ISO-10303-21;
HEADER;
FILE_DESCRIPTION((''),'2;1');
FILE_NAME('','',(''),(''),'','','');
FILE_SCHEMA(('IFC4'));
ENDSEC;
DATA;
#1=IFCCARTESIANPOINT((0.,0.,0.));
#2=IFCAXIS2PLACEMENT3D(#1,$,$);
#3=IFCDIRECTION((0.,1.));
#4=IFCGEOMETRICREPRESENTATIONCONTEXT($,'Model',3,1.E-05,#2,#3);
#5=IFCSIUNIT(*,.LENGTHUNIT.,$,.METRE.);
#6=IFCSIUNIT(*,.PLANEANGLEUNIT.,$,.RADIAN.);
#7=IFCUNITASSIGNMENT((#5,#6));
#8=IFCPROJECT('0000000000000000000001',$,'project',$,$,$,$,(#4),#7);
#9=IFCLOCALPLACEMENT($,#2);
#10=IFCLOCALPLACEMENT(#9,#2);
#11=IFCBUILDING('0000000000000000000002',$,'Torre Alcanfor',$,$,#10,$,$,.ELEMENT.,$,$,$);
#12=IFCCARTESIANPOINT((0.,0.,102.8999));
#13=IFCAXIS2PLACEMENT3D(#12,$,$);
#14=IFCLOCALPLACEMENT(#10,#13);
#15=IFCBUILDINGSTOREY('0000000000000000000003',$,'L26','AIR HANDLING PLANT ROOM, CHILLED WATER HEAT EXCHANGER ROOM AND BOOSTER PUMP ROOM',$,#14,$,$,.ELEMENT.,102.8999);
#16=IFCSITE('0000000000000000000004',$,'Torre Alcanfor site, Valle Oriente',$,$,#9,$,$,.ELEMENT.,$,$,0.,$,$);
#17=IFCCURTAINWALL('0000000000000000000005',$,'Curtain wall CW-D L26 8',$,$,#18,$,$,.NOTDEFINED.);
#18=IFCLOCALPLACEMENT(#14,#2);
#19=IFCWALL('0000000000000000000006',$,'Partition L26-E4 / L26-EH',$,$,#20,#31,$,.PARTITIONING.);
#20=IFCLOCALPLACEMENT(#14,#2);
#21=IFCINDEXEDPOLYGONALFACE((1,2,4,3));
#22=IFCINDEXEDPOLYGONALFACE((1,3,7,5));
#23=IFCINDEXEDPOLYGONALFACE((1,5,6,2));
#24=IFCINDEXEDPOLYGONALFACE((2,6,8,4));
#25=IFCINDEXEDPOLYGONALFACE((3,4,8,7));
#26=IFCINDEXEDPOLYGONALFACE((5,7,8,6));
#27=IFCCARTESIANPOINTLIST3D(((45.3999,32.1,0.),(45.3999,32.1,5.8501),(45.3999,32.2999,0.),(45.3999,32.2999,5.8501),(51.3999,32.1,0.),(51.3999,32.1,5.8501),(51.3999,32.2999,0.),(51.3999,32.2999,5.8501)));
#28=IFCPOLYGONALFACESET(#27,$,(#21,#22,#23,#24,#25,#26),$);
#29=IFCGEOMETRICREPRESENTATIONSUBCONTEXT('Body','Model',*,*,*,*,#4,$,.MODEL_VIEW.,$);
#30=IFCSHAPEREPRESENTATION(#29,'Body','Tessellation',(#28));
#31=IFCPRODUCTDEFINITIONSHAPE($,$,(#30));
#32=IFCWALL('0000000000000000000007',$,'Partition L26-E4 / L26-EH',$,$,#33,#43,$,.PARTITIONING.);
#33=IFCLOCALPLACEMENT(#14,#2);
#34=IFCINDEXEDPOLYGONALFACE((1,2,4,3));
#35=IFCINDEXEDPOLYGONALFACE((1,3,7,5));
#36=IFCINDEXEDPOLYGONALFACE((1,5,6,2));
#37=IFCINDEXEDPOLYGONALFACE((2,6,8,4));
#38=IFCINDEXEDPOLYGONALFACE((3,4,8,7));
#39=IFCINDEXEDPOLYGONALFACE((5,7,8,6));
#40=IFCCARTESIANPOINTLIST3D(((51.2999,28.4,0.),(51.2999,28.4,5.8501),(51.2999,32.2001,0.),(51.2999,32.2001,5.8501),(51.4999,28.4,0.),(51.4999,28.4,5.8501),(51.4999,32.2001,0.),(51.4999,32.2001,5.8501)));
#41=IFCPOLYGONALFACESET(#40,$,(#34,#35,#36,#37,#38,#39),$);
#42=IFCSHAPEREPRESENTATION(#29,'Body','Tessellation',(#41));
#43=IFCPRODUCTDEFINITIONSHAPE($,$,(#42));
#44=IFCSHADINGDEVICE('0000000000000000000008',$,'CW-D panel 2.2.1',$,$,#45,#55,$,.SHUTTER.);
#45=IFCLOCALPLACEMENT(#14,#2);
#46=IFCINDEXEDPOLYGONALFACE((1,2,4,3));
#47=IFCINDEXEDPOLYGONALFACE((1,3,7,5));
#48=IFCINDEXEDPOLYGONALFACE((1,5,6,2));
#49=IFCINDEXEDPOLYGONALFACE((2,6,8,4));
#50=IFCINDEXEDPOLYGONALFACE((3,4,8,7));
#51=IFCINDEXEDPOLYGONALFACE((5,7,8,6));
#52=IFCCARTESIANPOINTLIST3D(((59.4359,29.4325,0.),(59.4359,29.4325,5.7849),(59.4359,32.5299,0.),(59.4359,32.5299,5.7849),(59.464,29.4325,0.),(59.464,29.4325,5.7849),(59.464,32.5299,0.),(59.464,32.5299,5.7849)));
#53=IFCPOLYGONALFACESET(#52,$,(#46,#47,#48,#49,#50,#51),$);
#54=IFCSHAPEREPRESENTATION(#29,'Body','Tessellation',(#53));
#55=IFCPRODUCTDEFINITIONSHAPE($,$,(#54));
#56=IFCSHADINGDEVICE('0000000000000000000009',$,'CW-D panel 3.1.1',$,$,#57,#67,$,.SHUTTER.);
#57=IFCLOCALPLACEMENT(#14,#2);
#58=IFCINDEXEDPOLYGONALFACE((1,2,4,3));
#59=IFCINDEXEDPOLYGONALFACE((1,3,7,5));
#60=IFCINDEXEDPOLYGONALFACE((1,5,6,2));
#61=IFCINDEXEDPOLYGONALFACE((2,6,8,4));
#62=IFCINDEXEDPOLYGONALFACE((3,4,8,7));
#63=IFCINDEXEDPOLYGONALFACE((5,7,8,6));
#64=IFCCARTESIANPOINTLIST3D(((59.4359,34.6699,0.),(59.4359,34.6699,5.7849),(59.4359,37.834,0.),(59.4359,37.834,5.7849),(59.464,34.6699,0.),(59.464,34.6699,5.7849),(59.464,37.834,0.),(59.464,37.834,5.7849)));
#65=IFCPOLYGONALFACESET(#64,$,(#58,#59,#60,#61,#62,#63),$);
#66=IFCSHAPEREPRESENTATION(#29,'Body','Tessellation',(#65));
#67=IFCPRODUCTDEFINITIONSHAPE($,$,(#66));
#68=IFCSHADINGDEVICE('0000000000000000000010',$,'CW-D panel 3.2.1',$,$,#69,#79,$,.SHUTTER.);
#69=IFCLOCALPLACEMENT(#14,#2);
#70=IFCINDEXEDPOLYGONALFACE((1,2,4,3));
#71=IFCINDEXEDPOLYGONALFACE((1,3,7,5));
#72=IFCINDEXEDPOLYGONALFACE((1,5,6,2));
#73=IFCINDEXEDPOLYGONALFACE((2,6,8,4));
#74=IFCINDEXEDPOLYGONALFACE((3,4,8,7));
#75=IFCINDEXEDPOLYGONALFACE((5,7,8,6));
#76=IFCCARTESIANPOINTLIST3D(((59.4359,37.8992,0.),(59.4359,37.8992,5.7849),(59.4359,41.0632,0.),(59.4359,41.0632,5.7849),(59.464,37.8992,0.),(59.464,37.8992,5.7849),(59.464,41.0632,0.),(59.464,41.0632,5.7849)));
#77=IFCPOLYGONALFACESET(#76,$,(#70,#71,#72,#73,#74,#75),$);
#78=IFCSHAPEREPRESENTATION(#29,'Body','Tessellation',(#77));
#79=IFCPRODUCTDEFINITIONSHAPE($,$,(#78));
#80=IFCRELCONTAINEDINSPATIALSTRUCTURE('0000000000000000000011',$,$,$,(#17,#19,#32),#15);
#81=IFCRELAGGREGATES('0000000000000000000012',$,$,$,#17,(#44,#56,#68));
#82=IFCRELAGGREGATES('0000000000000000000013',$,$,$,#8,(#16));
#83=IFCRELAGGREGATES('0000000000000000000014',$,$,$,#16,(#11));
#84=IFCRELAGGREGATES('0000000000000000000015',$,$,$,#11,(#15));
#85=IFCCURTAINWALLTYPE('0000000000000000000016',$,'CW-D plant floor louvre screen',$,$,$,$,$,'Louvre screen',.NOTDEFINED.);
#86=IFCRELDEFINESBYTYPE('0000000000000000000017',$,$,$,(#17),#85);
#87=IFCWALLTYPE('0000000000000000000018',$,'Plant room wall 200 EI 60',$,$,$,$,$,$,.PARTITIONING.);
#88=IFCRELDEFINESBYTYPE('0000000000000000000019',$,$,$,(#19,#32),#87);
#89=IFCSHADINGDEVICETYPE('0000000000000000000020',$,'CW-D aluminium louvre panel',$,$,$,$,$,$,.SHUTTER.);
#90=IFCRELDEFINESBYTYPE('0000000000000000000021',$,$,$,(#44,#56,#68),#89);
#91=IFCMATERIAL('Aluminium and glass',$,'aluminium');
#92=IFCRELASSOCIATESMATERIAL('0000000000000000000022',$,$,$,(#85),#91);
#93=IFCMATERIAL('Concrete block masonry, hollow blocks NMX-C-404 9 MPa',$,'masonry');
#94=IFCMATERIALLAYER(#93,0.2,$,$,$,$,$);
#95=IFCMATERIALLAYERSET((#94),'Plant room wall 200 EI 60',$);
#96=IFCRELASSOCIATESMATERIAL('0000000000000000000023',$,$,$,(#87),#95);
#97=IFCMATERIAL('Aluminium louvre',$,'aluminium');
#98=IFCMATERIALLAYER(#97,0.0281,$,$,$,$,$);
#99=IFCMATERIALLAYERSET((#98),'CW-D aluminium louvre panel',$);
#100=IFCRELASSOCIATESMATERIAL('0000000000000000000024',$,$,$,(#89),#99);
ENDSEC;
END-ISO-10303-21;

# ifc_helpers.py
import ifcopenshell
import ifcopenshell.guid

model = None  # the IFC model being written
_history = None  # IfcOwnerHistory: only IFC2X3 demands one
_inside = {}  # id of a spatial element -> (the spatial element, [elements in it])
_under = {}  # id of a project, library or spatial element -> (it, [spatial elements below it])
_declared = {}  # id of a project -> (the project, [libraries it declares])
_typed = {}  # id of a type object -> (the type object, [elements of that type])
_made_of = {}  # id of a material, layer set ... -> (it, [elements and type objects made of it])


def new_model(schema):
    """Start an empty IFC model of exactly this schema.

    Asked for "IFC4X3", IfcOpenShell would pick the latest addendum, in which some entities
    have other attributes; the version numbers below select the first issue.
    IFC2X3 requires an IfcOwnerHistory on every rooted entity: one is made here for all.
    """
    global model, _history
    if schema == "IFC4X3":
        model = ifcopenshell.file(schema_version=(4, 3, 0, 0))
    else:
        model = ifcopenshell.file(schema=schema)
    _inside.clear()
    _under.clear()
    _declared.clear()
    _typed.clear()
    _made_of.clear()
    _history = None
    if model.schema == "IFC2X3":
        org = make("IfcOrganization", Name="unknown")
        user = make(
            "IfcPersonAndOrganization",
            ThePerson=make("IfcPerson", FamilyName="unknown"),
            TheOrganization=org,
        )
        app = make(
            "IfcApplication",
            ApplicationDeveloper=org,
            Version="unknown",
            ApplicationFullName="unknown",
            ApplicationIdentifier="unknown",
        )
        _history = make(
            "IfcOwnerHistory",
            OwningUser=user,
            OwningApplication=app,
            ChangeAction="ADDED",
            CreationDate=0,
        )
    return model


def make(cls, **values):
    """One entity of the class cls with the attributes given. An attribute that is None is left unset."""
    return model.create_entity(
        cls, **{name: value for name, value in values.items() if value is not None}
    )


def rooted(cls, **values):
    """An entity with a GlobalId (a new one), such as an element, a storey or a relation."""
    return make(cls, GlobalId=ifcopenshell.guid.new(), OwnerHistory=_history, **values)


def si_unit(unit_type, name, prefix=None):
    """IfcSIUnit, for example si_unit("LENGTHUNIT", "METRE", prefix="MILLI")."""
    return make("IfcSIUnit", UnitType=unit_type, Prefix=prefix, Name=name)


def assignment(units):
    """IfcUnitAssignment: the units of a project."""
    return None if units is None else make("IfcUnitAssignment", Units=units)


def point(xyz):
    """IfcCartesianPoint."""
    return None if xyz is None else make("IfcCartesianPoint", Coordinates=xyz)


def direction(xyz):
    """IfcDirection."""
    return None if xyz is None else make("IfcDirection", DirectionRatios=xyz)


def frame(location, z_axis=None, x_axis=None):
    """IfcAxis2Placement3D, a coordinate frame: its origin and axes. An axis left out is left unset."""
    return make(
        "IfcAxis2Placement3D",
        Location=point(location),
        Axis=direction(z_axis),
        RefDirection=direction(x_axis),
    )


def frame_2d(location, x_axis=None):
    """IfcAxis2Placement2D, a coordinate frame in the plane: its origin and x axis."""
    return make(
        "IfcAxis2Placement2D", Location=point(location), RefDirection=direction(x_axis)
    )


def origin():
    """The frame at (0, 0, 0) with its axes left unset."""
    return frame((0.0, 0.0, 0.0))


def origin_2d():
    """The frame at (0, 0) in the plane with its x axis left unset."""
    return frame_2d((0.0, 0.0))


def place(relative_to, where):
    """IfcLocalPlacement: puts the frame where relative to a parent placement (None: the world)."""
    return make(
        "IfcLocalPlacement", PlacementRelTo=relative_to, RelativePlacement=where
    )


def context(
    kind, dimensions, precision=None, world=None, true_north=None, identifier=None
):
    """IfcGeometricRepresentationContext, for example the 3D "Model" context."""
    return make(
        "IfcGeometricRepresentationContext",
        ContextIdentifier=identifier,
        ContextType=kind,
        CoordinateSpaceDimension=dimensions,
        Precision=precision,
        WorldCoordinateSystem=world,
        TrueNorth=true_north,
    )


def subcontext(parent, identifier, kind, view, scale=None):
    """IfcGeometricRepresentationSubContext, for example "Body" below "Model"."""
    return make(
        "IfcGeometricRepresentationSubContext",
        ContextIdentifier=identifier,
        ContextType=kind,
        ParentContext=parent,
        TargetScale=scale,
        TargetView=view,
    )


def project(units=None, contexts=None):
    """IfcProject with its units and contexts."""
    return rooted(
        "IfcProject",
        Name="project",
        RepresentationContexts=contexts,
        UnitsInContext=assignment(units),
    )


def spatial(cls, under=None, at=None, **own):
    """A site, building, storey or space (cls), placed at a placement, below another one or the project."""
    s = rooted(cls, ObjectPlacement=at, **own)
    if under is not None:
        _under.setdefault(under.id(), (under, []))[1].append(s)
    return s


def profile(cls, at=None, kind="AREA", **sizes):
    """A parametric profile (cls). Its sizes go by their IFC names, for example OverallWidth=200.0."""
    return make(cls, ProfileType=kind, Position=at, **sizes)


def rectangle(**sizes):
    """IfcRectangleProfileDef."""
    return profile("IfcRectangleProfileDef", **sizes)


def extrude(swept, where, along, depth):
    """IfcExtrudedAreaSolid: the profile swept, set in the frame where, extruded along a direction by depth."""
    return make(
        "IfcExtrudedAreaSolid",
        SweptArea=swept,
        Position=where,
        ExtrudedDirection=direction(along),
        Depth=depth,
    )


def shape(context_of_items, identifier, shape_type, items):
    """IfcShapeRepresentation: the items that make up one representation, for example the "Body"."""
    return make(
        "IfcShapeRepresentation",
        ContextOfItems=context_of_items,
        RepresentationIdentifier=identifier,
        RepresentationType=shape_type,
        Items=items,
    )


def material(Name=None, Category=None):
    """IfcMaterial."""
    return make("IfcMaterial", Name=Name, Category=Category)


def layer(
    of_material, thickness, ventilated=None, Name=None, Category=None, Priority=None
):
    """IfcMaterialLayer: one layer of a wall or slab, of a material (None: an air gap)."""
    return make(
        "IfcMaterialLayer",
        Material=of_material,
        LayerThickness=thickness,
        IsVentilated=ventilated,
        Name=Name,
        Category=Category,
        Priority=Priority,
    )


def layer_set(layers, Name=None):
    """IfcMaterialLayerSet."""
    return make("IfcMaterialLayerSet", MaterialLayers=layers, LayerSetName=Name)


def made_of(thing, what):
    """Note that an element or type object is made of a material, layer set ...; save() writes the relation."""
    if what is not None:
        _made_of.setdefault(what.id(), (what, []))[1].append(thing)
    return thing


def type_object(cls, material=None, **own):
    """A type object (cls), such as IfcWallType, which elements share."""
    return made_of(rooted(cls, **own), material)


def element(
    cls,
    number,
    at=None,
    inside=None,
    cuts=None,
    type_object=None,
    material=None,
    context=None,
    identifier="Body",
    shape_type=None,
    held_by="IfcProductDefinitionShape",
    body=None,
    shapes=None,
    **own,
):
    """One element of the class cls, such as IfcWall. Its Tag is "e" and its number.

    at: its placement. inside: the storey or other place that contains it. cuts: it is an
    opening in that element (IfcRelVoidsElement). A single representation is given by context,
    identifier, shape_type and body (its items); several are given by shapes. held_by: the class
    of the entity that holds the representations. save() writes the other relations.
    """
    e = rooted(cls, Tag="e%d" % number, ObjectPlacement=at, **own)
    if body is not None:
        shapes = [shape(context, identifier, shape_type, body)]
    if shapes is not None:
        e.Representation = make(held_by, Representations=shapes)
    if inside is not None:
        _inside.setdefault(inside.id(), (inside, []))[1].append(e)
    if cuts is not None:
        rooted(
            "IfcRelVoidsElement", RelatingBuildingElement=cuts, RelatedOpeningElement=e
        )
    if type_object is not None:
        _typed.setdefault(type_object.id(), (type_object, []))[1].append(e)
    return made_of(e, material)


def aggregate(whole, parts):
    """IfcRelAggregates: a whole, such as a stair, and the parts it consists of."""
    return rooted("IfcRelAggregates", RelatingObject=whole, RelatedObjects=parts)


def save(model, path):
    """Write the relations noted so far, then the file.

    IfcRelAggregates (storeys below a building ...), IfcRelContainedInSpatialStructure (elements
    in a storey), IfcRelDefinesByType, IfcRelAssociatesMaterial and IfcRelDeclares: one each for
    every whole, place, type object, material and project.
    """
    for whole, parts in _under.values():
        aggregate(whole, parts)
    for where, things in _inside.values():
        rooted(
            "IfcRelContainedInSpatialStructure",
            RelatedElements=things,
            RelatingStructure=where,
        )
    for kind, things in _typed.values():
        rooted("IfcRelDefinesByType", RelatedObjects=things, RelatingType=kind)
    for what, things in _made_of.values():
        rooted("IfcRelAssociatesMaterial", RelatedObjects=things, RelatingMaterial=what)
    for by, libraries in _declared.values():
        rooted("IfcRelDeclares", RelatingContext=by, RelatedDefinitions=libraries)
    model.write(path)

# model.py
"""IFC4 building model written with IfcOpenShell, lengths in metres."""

from ifc_helpers import new_model, si_unit, direction, frame, frame_2d, origin, origin_2d, place, context, subcontext, project, spatial, rectangle, extrude, material, layer, layer_set, type_object, element, aggregate, save


model = new_model("IFC4")

# Units and contexts
model_context = context("Model", 3, precision=1e-05, world=origin(), true_north=direction((0.0, 1.0)))
body_context = subcontext(model_context, "Body", "Model", "MODEL_VIEW")
ifc_project = project(units=[si_unit("LENGTHUNIT", "METRE"), si_unit("PLANEANGLEUNIT", "RADIAN")], contexts=[model_context])

# Site, building, storey
site_placement = place(None, origin())
site = spatial("IfcSite", under=ifc_project, at=site_placement, Name="Torre Alcanfor site, Valle Oriente", CompositionType="ELEMENT", RefElevation=0.0)
building_placement = place(site_placement, origin())
building = spatial("IfcBuilding", under=site, at=building_placement, Name="Torre Alcanfor", CompositionType="ELEMENT")
storey_placement = place(building_placement, frame((0.0, 0.0, 102.8999)))
storey = spatial("IfcBuildingStorey", under=building, at=storey_placement, Name="L26", Description="AIR HANDLING PLANT ROOM, CHILLED WATER HEAT EXCHANGER ROOM AND BOOSTER PUMP ROOM", CompositionType="ELEMENT", Elevation=102.8999)

# Curtain wall
ifc_material_1 = material(Name="Aluminium and glass", Category="aluminium")
curtain_wall_type = type_object("IfcCurtainWallType", Name="CW-D plant floor louvre screen", ElementType="Louvre screen", PredefinedType="NOTDEFINED", material=ifc_material_1)
curtain_wall_placement = place(storey_placement, origin())
curtain_wall = element("IfcCurtainWall", 1, at=curtain_wall_placement, inside=storey, type_object=curtain_wall_type, Name="Curtain wall CW-D L26 8", PredefinedType="NOTDEFINED")

# Walls
ifc_material_2 = material(Name="Concrete block masonry, hollow blocks NMX-C-404 9 MPa", Category="masonry")
ifc_layer_1 = layer(ifc_material_2, 0.2)
ifc_layer_set_1 = layer_set([ifc_layer_1], Name="Plant room wall 200 EI 60")
wall_type = type_object("IfcWallType", Name="Plant room wall 200 EI 60", PredefinedType="PARTITIONING", material=ifc_layer_set_1)
wall_1_placement = place(storey_placement, frame((45.3999, 32.2, 0.0), z_axis=(0.0, 0.0, 1.0), x_axis=(1.0, 0.0, 0.0)))
element("IfcWall", 2, at=wall_1_placement, inside=storey, type_object=wall_type, Name="Partition L26-E4 / L26-EH", PredefinedType="PARTITIONING", context=body_context, shape_type="SweptSolid", body=[
    extrude(rectangle(XDim=6.0, YDim=0.2, at=frame_2d((3.0, 0.0))), origin(), (0.0, 0.0, 1.0), 5.8501),
])
wall_2_placement = place(storey_placement, frame((51.3999, 32.2, 0.0), z_axis=(0.0, 0.0, 1.0), x_axis=(0.0, -1.0, 0.0)))
element("IfcWall", 3, at=wall_2_placement, inside=storey, type_object=wall_type, Name="Partition L26-E4 / L26-EH", PredefinedType="PARTITIONING", context=body_context, shape_type="SweptSolid", body=[
    extrude(rectangle(XDim=3.8, YDim=0.2, at=frame_2d((1.8999, 0.0))), origin(), (0.0, 0.0, 1.0), 5.8501),
])

# Shading devices
ifc_material_3 = material(Name="Aluminium louvre", Category="aluminium")
ifc_layer_2 = layer(ifc_material_3, 0.0281)
ifc_layer_set_2 = layer_set([ifc_layer_2], Name="CW-D aluminium louvre panel")
shading_device_type = type_object("IfcShadingDeviceType", Name="CW-D aluminium louvre panel", PredefinedType="SHUTTER", material=ifc_layer_set_2)
shading_device_1_placement = place(storey_placement, frame((59.45, 30.9812, 0.0), z_axis=(0.0, 0.0, 1.0), x_axis=(0.0, 1.0, 0.0)))
shading_device_1 = element("IfcShadingDevice", 4, at=shading_device_1_placement, type_object=shading_device_type, Name="CW-D panel 2.2.1", PredefinedType="SHUTTER", context=body_context, shape_type="SweptSolid", body=[
    extrude(rectangle(XDim=3.0974, YDim=0.0281, at=origin_2d()), origin(), (0.0, 0.0, 1.0), 5.7849),
])
shading_device_2_placement = place(storey_placement, frame((59.45, 36.252, 0.0), z_axis=(0.0, 0.0, 1.0), x_axis=(0.0, 1.0, 0.0)))
shading_device_2 = element("IfcShadingDevice", 5, at=shading_device_2_placement, type_object=shading_device_type, Name="CW-D panel 3.1.1", PredefinedType="SHUTTER", context=body_context, shape_type="SweptSolid", body=[
    extrude(rectangle(XDim=3.1641, YDim=0.0281, at=origin_2d()), origin(), (0.0, 0.0, 1.0), 5.7849),
])
shading_device_3_placement = place(storey_placement, frame((59.45, 39.4812, 0.0), z_axis=(0.0, 0.0, 1.0), x_axis=(0.0, 1.0, 0.0)))
shading_device_3 = element("IfcShadingDevice", 6, at=shading_device_3_placement, type_object=shading_device_type, Name="CW-D panel 3.2.1", PredefinedType="SHUTTER", context=body_context, shape_type="SweptSolid", body=[
    extrude(rectangle(XDim=3.1641, YDim=0.0281, at=origin_2d()), origin(), (0.0, 0.0, 1.0), 5.7849),
])
aggregate(curtain_wall, [shading_device_1, shading_device_2, shading_device_3])

save(model, "model.ifc")
